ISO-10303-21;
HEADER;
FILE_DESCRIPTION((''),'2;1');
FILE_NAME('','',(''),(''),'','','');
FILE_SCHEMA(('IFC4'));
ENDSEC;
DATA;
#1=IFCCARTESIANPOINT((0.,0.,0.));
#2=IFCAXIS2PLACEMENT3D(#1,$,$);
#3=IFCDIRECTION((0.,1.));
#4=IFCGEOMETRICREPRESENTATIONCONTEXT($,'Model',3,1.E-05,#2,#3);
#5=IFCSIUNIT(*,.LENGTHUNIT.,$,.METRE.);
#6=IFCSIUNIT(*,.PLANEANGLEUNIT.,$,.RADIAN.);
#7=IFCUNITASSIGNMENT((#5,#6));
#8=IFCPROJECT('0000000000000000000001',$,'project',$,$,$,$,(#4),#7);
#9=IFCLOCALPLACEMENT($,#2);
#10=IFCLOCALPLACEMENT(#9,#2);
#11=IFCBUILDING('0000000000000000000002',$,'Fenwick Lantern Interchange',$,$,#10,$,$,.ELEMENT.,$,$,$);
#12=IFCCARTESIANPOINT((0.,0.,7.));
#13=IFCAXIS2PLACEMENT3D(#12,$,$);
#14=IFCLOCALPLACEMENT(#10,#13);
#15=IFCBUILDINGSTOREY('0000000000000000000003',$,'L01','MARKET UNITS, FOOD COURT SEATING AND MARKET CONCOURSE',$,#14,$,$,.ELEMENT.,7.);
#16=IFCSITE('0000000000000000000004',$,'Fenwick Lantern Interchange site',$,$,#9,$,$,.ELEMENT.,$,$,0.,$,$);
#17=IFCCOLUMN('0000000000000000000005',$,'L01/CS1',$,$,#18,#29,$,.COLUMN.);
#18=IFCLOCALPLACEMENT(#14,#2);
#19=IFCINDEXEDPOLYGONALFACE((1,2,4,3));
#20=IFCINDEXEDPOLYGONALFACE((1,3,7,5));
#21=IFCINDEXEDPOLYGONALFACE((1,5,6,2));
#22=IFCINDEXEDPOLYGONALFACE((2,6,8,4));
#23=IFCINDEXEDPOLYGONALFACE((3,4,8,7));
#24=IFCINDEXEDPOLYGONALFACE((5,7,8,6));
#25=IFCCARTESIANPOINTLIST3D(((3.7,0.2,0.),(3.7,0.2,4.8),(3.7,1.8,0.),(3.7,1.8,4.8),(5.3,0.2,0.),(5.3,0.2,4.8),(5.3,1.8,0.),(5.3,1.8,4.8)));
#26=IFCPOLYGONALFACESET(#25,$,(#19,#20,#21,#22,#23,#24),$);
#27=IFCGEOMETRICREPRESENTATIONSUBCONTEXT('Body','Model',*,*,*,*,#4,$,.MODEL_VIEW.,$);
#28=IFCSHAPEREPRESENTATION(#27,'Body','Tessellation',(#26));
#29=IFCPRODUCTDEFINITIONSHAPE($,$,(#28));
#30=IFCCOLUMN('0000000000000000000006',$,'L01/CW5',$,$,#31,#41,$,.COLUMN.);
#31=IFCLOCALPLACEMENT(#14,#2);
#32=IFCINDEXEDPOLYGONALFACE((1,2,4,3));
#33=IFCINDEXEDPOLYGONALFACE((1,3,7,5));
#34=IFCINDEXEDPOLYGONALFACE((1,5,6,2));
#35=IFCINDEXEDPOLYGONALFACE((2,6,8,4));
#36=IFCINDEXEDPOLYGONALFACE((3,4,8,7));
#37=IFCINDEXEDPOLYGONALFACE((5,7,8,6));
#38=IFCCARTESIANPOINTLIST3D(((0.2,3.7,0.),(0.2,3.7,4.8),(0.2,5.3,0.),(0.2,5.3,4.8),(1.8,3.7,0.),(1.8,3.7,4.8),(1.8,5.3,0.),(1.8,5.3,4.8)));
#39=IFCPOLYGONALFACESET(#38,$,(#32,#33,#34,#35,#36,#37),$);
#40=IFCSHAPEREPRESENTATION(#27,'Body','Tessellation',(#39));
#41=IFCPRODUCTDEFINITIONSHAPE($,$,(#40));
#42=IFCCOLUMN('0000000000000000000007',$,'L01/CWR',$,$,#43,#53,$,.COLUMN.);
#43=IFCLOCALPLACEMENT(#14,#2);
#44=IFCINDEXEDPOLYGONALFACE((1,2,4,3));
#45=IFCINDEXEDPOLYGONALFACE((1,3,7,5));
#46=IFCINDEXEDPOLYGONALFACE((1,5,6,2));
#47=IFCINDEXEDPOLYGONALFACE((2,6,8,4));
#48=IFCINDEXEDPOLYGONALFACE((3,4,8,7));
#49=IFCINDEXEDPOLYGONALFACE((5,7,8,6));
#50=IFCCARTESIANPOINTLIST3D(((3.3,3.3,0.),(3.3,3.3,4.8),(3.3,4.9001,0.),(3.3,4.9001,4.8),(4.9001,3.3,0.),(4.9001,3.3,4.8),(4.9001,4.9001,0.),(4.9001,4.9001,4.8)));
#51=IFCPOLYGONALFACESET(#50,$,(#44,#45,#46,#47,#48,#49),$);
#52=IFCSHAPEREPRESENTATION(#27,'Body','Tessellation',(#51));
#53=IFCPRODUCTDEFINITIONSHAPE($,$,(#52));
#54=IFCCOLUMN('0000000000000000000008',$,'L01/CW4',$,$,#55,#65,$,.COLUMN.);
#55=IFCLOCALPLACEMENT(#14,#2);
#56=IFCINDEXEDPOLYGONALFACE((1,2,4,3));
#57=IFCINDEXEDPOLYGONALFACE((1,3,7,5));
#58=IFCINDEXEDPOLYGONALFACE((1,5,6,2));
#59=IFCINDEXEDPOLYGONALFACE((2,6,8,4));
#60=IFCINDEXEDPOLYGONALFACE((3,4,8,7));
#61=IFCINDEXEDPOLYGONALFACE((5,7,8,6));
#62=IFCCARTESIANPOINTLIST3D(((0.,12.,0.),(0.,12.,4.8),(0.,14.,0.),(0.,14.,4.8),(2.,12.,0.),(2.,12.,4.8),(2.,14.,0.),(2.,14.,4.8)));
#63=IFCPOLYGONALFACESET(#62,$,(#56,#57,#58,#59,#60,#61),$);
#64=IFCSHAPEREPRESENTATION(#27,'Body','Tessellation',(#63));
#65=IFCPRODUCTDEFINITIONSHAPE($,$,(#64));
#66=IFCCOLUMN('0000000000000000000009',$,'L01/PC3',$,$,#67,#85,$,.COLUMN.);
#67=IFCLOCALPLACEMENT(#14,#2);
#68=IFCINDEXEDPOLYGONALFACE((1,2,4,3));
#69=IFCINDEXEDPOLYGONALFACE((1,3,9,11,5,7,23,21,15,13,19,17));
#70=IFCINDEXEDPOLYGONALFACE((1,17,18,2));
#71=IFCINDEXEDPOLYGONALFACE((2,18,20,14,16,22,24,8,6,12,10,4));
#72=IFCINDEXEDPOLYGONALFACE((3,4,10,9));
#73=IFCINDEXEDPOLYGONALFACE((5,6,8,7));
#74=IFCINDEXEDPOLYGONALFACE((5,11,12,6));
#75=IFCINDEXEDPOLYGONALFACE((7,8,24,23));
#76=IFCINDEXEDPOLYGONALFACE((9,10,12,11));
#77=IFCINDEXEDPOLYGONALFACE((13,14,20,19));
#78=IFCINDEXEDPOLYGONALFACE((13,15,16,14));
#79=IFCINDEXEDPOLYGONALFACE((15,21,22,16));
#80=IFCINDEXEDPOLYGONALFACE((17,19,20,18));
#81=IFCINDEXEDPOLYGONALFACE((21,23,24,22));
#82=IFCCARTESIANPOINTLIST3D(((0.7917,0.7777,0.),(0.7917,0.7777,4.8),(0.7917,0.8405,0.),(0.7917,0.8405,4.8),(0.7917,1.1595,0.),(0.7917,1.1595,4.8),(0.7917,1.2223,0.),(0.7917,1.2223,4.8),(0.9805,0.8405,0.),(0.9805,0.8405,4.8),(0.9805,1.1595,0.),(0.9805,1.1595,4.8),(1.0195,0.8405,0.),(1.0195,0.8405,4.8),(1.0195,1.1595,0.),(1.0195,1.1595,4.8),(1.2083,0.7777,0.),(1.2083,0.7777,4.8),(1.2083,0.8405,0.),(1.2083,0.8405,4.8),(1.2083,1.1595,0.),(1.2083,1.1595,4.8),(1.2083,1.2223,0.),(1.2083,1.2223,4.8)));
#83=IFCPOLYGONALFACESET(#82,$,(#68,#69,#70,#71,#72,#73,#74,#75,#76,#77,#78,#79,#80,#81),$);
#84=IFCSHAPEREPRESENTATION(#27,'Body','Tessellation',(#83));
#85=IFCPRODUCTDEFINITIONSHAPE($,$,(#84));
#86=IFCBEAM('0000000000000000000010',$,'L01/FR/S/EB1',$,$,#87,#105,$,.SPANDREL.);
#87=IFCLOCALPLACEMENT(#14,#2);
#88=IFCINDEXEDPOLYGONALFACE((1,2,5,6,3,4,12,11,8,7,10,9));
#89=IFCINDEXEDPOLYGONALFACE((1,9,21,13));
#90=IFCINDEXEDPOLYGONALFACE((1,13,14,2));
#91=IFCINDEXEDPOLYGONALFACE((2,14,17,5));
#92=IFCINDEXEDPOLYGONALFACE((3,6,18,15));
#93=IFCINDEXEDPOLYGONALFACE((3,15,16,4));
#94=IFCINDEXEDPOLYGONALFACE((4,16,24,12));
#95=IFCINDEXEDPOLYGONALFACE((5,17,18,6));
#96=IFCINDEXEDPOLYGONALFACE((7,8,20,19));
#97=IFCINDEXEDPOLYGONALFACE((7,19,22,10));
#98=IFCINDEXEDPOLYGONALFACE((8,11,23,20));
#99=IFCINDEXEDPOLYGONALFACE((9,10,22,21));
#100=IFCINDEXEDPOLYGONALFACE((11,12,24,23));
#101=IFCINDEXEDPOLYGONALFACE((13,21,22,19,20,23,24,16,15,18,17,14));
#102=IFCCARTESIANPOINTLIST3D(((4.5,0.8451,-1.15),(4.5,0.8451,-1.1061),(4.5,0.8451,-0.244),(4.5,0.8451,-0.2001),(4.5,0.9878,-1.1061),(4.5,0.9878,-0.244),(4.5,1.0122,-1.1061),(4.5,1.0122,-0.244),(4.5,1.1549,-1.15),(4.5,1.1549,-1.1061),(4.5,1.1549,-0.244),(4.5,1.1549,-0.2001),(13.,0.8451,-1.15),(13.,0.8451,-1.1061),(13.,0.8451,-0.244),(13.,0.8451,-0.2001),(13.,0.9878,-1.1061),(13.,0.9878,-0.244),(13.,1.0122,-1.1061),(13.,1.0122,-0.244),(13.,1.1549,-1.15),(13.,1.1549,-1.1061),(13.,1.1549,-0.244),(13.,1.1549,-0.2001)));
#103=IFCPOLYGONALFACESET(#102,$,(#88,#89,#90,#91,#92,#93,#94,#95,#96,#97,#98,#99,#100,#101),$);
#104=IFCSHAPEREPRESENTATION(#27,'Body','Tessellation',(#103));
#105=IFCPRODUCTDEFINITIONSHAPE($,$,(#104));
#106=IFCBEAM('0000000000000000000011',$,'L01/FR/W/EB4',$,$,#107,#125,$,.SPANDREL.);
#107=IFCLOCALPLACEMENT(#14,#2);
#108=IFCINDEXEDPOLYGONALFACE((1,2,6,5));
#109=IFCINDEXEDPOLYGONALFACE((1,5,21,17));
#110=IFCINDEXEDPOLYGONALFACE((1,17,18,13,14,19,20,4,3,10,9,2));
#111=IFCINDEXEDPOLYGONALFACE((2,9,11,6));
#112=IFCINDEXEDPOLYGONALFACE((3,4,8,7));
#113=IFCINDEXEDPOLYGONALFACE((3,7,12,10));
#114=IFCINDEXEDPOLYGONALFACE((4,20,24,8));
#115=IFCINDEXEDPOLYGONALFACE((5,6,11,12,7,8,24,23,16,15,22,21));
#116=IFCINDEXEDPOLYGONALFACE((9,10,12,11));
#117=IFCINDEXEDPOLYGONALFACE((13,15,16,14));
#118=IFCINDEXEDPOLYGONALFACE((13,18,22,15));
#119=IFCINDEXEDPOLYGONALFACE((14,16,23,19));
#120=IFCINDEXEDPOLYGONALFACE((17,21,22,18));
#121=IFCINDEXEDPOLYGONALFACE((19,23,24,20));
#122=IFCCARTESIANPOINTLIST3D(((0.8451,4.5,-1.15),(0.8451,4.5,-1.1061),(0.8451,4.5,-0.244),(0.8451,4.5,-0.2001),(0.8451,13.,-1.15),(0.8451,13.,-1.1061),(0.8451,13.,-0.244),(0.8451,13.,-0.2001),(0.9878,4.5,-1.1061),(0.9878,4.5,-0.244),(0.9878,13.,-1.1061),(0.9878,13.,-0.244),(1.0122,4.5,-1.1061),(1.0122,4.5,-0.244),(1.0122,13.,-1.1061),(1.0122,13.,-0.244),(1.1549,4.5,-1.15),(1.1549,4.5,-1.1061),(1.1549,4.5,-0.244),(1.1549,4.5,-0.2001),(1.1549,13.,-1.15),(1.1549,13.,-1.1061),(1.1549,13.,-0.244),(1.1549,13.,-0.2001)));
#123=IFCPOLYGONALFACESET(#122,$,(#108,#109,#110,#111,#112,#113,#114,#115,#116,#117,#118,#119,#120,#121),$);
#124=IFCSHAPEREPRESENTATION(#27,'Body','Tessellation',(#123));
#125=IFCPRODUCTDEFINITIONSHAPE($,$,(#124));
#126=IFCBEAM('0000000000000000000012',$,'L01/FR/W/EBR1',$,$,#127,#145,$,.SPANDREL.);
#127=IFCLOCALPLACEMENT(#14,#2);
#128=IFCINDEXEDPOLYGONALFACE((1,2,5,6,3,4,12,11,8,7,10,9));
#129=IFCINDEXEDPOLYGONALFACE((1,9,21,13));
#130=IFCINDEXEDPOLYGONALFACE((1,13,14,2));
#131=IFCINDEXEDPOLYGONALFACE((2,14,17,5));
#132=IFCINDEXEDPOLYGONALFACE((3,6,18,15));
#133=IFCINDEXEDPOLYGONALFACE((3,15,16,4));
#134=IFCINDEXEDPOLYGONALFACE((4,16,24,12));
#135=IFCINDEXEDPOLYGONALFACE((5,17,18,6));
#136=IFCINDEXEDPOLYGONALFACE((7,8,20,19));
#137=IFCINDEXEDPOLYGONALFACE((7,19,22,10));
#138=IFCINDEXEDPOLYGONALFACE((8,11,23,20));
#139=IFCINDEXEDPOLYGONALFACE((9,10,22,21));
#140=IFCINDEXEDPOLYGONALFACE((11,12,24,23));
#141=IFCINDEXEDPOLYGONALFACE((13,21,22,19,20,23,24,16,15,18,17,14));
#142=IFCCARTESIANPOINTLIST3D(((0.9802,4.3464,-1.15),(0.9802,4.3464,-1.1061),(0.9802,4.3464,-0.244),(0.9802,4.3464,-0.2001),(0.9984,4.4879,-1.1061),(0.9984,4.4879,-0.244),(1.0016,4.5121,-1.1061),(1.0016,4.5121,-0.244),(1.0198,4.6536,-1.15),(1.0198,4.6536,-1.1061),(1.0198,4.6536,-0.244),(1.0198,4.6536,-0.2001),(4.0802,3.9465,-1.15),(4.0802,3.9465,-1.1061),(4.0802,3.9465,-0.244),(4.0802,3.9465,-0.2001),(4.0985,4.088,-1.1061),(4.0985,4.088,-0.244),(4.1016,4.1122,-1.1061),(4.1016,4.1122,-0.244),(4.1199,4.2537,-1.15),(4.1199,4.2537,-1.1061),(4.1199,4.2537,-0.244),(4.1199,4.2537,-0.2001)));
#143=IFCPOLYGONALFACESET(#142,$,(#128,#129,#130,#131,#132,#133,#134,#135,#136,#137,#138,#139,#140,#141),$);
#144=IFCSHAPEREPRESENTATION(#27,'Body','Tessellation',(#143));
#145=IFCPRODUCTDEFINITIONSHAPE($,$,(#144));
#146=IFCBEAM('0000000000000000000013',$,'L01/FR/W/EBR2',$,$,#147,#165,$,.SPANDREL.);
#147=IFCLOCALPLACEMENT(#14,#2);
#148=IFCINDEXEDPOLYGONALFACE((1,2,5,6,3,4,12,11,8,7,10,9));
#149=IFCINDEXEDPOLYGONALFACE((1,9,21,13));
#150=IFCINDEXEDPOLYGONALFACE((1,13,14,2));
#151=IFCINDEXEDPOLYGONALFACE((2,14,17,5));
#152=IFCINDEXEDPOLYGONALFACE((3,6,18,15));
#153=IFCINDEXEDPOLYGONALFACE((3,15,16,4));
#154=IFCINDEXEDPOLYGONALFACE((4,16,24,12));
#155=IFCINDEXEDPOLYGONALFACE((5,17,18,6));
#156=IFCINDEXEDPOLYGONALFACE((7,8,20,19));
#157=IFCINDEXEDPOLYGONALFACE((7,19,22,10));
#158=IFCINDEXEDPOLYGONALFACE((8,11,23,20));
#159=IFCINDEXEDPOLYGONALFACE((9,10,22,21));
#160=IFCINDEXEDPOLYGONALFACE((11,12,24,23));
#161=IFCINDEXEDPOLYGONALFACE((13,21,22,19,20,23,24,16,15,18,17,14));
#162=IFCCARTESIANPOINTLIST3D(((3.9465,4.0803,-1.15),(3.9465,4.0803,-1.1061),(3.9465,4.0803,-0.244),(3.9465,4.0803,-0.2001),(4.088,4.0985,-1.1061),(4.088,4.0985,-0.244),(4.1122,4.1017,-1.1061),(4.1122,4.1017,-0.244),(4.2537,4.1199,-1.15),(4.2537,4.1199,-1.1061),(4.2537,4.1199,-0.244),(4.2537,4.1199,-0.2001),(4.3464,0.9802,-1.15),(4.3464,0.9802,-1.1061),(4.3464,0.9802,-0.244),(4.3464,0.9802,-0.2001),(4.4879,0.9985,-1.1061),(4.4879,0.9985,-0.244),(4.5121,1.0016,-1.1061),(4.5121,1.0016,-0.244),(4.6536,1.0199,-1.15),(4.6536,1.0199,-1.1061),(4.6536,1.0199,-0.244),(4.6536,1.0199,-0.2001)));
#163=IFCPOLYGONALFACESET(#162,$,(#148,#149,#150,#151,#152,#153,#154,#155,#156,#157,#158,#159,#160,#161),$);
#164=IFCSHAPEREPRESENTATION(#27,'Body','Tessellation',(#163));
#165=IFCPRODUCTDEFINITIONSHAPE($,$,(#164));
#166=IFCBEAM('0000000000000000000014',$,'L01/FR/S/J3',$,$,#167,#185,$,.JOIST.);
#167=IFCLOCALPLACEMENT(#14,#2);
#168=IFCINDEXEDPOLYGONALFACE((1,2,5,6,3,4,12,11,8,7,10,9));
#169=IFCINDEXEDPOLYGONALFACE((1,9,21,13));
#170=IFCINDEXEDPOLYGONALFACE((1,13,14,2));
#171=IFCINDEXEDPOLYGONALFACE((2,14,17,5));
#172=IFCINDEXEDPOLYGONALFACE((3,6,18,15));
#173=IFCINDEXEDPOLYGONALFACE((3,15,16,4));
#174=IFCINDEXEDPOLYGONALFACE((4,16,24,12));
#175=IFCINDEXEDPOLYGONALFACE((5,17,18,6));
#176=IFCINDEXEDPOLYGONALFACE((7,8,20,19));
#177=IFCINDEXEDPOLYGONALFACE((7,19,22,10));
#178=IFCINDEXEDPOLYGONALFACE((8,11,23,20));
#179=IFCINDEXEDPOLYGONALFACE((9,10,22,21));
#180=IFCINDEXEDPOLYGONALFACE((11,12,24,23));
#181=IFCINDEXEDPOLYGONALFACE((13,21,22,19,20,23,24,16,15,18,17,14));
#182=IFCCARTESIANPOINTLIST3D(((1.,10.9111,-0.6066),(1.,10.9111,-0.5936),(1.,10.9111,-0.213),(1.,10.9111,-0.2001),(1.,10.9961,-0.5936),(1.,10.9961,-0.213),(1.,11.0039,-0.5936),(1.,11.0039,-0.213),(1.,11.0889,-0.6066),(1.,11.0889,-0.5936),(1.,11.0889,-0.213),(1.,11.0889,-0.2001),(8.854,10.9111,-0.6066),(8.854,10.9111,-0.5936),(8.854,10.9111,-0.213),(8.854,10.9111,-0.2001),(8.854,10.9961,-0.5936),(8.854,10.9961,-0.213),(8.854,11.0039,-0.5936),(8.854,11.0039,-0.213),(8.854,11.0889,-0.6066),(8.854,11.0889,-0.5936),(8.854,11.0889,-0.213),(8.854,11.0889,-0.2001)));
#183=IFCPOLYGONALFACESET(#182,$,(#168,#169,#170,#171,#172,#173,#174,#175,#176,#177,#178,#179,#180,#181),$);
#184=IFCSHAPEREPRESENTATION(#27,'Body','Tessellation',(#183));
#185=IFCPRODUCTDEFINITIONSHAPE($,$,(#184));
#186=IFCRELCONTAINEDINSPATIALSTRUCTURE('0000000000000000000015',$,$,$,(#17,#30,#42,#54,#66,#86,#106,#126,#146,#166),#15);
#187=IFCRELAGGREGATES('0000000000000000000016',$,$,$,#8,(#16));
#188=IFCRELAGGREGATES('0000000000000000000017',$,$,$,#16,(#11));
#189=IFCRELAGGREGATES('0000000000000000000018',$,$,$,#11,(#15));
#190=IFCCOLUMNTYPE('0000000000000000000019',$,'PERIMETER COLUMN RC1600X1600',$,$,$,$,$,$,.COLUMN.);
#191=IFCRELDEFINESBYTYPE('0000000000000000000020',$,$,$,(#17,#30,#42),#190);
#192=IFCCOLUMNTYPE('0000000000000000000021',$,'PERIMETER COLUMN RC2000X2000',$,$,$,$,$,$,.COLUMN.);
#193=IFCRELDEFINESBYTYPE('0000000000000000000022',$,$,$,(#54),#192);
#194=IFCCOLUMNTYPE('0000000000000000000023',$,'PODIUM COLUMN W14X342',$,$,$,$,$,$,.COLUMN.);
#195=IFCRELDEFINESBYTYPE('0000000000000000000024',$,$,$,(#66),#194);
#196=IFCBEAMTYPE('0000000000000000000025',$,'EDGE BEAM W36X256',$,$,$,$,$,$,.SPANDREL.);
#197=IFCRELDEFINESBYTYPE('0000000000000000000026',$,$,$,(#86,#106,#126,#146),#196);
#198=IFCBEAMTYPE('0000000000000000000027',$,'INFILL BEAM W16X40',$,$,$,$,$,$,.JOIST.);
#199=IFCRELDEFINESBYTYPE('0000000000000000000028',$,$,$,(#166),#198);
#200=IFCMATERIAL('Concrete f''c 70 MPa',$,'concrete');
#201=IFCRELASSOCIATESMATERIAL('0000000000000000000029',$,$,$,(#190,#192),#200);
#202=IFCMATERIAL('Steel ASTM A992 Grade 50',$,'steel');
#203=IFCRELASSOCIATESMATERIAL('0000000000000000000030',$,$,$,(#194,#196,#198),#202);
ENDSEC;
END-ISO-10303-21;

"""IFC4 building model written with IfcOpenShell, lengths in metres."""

from ifc_helpers import new_model, si_unit, direction, frame, origin, origin_2d, place, context, subcontext, project, spatial, rectangle, i_section, extrude, material, material_profile, profile_set, type_object, element, save


model = new_model("IFC4")

# Units and contexts
model_context = context("Model", 3, precision=1e-05, world=origin(), true_north=direction((0.0, 1.0)))
body_context = subcontext(model_context, "Body", "Model", "MODEL_VIEW")
ifc_project = project(units=[si_unit("LENGTHUNIT", "METRE"), si_unit("PLANEANGLEUNIT", "RADIAN")], contexts=[model_context])

# Site, building, storey
site_placement = place(None, origin())
site = spatial("IfcSite", under=ifc_project, at=site_placement, Name="Fenwick Lantern Interchange site", CompositionType="ELEMENT", RefElevation=0.0)
building_placement = place(site_placement, origin())
building = spatial("IfcBuilding", under=site, at=building_placement, Name="Fenwick Lantern Interchange", CompositionType="ELEMENT")
storey_placement = place(building_placement, frame((0.0, 0.0, 7.0)))
storey = spatial("IfcBuildingStorey", under=building, at=storey_placement, Name="L01", Description="MARKET UNITS, FOOD COURT SEATING AND MARKET CONCOURSE", CompositionType="ELEMENT", Elevation=7.0)

# Columns
ifc_material_1 = material(Name="Concrete f'c 70 MPa", Category="concrete")
ifc_material_profile_1 = material_profile(ifc_material_1, rectangle(XDim=1.6001, YDim=1.6001, at=origin_2d()), Name="RC1600X1600")
ifc_profile_set_1 = profile_set([ifc_material_profile_1], Name="Concrete f'c 70 MPa")
column_type_1 = type_object("IfcColumnType", Name="PERIMETER COLUMN RC1600X1600", PredefinedType="COLUMN", material=ifc_profile_set_1)
for number, where, z_axis, x_axis, name in (
    (1, (4.5, 1.0, 0.0), (0.0, 0.0, 1.0), (1.0, 0.0, 0.0), "L01/CS1"),
    (2, (1.0, 4.5, 0.0), (0.0, 0.0, 1.0), (1.0, 0.0, 0.0), "L01/CW5"),
    (3, (4.1001, 4.1001, 0.0), (0.0, 0.0, 1.0), (1.0, 0.0, 0.0), "L01/CWR"),
):
    element("IfcColumn", number, at=place(storey_placement, frame(where, z_axis=z_axis, x_axis=x_axis)), inside=storey, type_object=column_type_1, Name=name, PredefinedType="COLUMN", context=body_context, shape_type="SweptSolid", body=[
        extrude(rectangle(XDim=1.6001, YDim=1.6001, at=origin_2d()), origin(), (0.0, 0.0, 1.0), 4.8),
    ])
ifc_material_profile_2 = material_profile(ifc_material_1, rectangle(XDim=2.0, YDim=2.0, at=origin_2d()), Name="RC2000X2000")
ifc_profile_set_2 = profile_set([ifc_material_profile_2], Name="Concrete f'c 70 MPa")
column_type_2 = type_object("IfcColumnType", Name="PERIMETER COLUMN RC2000X2000", PredefinedType="COLUMN", material=ifc_profile_set_2)
column_1_placement = place(storey_placement, frame((1.0, 13.0, 0.0), z_axis=(0.0, 0.0, 1.0), x_axis=(1.0, 0.0, 0.0)))
element("IfcColumn", 4, at=column_1_placement, inside=storey, type_object=column_type_2, Name="L01/CW4", PredefinedType="COLUMN", context=body_context, shape_type="SweptSolid", body=[
    extrude(rectangle(XDim=2.0, YDim=2.0, at=origin_2d()), origin(), (0.0, 0.0, 1.0), 4.8),
])
ifc_material_2 = material(Name="Steel ASTM A992 Grade 50", Category="steel")
ifc_material_profile_3 = material_profile(ifc_material_2, i_section(OverallWidth=0.4165, OverallDepth=0.4446, WebThickness=0.0391, FlangeThickness=0.0627, at=origin_2d()), Name="W14X342")
ifc_profile_set_3 = profile_set([ifc_material_profile_3], Name="Steel ASTM A992 Grade 50")
column_type_3 = type_object("IfcColumnType", Name="PODIUM COLUMN W14X342", PredefinedType="COLUMN", material=ifc_profile_set_3)
column_2_placement = place(storey_placement, frame((1.0, 1.0, 0.0), z_axis=(0.0, 0.0, 1.0), x_axis=(1.0, 0.0, 0.0)))
element("IfcColumn", 5, at=column_2_placement, inside=storey, type_object=column_type_3, Name="L01/PC3", PredefinedType="COLUMN", context=body_context, shape_type="SweptSolid", body=[
    extrude(i_section(OverallWidth=0.4165, OverallDepth=0.4446, WebThickness=0.0391, FlangeThickness=0.0627, at=origin_2d()), origin(), (0.0, 0.0, 1.0), 4.8),
])

# Beams
ifc_material_profile_4 = material_profile(ifc_material_2, i_section(OverallWidth=0.3098, OverallDepth=0.95, WebThickness=0.0244, FlangeThickness=0.0439, at=origin_2d()), Name="W36X256")
ifc_profile_set_4 = profile_set([ifc_material_profile_4], Name="Steel ASTM A992 Grade 50")
beam_type_1 = type_object("IfcBeamType", Name="EDGE BEAM W36X256", PredefinedType="SPANDREL", material=ifc_profile_set_4)
for number, where, z_axis, x_axis, name in (
    (6, (4.5, 1.0, -0.675), (1.0, 0.0, 0.0), (0.0, 1.0, 0.0), "L01/FR/S/EB1"),
    (7, (1.0, 13.0, -0.675), (0.0, -1.0, 0.0), (1.0, 0.0, 0.0), "L01/FR/W/EB4"),
):
    element("IfcBeam", number, at=place(storey_placement, frame(where, z_axis=z_axis, x_axis=x_axis)), inside=storey, type_object=beam_type_1, Name=name, PredefinedType="SPANDREL", context=body_context, shape_type="SweptSolid", body=[
        extrude(i_section(OverallWidth=0.3098, OverallDepth=0.95, WebThickness=0.0244, FlangeThickness=0.0439, at=origin_2d()), origin(), (0.0, 0.0, 1.0), 8.5),
    ])
for number, where, z_axis, x_axis, name in (
    (8, (1.0, 4.5, -0.675), (0.991782, -0.127937, 0.0), (0.127937, 0.991782, 0.0), "L01/FR/W/EBR1"),
    (9, (4.1001, 4.1001, -0.675), (0.127937, -0.991782, 0.0), (0.991782, 0.127937, 0.0), "L01/FR/W/EBR2"),
):
    element("IfcBeam", number, at=place(storey_placement, frame(where, z_axis=z_axis, x_axis=x_axis)), inside=storey, type_object=beam_type_1, Name=name, PredefinedType="SPANDREL", context=body_context, shape_type="SweptSolid", body=[
        extrude(i_section(OverallWidth=0.3098, OverallDepth=0.95, WebThickness=0.0244, FlangeThickness=0.0439, at=origin_2d()), origin(), (0.0, 0.0, 1.0), 3.1257),
    ])
ifc_material_profile_5 = material_profile(ifc_material_2, i_section(OverallWidth=0.1777, OverallDepth=0.4065, WebThickness=0.0078, FlangeThickness=0.0129, at=origin_2d()), Name="W16X40")
ifc_profile_set_5 = profile_set([ifc_material_profile_5], Name="Steel ASTM A992 Grade 50")
beam_type_2 = type_object("IfcBeamType", Name="INFILL BEAM W16X40", PredefinedType="JOIST", material=ifc_profile_set_5)
beam_1_placement = place(storey_placement, frame((1.0, 11.0, -0.4033), z_axis=(1.0, 0.0, 0.0), x_axis=(0.0, 1.0, 0.0)))
element("IfcBeam", 10, at=beam_1_placement, inside=storey, type_object=beam_type_2, Name="L01/FR/S/J3", PredefinedType="JOIST", context=body_context, shape_type="SweptSolid", body=[
    extrude(i_section(OverallWidth=0.1777, OverallDepth=0.4065, WebThickness=0.0078, FlangeThickness=0.0129, at=origin_2d()), origin(), (0.0, 0.0, 1.0), 7.854),
])

save(model, "model.ifc")
